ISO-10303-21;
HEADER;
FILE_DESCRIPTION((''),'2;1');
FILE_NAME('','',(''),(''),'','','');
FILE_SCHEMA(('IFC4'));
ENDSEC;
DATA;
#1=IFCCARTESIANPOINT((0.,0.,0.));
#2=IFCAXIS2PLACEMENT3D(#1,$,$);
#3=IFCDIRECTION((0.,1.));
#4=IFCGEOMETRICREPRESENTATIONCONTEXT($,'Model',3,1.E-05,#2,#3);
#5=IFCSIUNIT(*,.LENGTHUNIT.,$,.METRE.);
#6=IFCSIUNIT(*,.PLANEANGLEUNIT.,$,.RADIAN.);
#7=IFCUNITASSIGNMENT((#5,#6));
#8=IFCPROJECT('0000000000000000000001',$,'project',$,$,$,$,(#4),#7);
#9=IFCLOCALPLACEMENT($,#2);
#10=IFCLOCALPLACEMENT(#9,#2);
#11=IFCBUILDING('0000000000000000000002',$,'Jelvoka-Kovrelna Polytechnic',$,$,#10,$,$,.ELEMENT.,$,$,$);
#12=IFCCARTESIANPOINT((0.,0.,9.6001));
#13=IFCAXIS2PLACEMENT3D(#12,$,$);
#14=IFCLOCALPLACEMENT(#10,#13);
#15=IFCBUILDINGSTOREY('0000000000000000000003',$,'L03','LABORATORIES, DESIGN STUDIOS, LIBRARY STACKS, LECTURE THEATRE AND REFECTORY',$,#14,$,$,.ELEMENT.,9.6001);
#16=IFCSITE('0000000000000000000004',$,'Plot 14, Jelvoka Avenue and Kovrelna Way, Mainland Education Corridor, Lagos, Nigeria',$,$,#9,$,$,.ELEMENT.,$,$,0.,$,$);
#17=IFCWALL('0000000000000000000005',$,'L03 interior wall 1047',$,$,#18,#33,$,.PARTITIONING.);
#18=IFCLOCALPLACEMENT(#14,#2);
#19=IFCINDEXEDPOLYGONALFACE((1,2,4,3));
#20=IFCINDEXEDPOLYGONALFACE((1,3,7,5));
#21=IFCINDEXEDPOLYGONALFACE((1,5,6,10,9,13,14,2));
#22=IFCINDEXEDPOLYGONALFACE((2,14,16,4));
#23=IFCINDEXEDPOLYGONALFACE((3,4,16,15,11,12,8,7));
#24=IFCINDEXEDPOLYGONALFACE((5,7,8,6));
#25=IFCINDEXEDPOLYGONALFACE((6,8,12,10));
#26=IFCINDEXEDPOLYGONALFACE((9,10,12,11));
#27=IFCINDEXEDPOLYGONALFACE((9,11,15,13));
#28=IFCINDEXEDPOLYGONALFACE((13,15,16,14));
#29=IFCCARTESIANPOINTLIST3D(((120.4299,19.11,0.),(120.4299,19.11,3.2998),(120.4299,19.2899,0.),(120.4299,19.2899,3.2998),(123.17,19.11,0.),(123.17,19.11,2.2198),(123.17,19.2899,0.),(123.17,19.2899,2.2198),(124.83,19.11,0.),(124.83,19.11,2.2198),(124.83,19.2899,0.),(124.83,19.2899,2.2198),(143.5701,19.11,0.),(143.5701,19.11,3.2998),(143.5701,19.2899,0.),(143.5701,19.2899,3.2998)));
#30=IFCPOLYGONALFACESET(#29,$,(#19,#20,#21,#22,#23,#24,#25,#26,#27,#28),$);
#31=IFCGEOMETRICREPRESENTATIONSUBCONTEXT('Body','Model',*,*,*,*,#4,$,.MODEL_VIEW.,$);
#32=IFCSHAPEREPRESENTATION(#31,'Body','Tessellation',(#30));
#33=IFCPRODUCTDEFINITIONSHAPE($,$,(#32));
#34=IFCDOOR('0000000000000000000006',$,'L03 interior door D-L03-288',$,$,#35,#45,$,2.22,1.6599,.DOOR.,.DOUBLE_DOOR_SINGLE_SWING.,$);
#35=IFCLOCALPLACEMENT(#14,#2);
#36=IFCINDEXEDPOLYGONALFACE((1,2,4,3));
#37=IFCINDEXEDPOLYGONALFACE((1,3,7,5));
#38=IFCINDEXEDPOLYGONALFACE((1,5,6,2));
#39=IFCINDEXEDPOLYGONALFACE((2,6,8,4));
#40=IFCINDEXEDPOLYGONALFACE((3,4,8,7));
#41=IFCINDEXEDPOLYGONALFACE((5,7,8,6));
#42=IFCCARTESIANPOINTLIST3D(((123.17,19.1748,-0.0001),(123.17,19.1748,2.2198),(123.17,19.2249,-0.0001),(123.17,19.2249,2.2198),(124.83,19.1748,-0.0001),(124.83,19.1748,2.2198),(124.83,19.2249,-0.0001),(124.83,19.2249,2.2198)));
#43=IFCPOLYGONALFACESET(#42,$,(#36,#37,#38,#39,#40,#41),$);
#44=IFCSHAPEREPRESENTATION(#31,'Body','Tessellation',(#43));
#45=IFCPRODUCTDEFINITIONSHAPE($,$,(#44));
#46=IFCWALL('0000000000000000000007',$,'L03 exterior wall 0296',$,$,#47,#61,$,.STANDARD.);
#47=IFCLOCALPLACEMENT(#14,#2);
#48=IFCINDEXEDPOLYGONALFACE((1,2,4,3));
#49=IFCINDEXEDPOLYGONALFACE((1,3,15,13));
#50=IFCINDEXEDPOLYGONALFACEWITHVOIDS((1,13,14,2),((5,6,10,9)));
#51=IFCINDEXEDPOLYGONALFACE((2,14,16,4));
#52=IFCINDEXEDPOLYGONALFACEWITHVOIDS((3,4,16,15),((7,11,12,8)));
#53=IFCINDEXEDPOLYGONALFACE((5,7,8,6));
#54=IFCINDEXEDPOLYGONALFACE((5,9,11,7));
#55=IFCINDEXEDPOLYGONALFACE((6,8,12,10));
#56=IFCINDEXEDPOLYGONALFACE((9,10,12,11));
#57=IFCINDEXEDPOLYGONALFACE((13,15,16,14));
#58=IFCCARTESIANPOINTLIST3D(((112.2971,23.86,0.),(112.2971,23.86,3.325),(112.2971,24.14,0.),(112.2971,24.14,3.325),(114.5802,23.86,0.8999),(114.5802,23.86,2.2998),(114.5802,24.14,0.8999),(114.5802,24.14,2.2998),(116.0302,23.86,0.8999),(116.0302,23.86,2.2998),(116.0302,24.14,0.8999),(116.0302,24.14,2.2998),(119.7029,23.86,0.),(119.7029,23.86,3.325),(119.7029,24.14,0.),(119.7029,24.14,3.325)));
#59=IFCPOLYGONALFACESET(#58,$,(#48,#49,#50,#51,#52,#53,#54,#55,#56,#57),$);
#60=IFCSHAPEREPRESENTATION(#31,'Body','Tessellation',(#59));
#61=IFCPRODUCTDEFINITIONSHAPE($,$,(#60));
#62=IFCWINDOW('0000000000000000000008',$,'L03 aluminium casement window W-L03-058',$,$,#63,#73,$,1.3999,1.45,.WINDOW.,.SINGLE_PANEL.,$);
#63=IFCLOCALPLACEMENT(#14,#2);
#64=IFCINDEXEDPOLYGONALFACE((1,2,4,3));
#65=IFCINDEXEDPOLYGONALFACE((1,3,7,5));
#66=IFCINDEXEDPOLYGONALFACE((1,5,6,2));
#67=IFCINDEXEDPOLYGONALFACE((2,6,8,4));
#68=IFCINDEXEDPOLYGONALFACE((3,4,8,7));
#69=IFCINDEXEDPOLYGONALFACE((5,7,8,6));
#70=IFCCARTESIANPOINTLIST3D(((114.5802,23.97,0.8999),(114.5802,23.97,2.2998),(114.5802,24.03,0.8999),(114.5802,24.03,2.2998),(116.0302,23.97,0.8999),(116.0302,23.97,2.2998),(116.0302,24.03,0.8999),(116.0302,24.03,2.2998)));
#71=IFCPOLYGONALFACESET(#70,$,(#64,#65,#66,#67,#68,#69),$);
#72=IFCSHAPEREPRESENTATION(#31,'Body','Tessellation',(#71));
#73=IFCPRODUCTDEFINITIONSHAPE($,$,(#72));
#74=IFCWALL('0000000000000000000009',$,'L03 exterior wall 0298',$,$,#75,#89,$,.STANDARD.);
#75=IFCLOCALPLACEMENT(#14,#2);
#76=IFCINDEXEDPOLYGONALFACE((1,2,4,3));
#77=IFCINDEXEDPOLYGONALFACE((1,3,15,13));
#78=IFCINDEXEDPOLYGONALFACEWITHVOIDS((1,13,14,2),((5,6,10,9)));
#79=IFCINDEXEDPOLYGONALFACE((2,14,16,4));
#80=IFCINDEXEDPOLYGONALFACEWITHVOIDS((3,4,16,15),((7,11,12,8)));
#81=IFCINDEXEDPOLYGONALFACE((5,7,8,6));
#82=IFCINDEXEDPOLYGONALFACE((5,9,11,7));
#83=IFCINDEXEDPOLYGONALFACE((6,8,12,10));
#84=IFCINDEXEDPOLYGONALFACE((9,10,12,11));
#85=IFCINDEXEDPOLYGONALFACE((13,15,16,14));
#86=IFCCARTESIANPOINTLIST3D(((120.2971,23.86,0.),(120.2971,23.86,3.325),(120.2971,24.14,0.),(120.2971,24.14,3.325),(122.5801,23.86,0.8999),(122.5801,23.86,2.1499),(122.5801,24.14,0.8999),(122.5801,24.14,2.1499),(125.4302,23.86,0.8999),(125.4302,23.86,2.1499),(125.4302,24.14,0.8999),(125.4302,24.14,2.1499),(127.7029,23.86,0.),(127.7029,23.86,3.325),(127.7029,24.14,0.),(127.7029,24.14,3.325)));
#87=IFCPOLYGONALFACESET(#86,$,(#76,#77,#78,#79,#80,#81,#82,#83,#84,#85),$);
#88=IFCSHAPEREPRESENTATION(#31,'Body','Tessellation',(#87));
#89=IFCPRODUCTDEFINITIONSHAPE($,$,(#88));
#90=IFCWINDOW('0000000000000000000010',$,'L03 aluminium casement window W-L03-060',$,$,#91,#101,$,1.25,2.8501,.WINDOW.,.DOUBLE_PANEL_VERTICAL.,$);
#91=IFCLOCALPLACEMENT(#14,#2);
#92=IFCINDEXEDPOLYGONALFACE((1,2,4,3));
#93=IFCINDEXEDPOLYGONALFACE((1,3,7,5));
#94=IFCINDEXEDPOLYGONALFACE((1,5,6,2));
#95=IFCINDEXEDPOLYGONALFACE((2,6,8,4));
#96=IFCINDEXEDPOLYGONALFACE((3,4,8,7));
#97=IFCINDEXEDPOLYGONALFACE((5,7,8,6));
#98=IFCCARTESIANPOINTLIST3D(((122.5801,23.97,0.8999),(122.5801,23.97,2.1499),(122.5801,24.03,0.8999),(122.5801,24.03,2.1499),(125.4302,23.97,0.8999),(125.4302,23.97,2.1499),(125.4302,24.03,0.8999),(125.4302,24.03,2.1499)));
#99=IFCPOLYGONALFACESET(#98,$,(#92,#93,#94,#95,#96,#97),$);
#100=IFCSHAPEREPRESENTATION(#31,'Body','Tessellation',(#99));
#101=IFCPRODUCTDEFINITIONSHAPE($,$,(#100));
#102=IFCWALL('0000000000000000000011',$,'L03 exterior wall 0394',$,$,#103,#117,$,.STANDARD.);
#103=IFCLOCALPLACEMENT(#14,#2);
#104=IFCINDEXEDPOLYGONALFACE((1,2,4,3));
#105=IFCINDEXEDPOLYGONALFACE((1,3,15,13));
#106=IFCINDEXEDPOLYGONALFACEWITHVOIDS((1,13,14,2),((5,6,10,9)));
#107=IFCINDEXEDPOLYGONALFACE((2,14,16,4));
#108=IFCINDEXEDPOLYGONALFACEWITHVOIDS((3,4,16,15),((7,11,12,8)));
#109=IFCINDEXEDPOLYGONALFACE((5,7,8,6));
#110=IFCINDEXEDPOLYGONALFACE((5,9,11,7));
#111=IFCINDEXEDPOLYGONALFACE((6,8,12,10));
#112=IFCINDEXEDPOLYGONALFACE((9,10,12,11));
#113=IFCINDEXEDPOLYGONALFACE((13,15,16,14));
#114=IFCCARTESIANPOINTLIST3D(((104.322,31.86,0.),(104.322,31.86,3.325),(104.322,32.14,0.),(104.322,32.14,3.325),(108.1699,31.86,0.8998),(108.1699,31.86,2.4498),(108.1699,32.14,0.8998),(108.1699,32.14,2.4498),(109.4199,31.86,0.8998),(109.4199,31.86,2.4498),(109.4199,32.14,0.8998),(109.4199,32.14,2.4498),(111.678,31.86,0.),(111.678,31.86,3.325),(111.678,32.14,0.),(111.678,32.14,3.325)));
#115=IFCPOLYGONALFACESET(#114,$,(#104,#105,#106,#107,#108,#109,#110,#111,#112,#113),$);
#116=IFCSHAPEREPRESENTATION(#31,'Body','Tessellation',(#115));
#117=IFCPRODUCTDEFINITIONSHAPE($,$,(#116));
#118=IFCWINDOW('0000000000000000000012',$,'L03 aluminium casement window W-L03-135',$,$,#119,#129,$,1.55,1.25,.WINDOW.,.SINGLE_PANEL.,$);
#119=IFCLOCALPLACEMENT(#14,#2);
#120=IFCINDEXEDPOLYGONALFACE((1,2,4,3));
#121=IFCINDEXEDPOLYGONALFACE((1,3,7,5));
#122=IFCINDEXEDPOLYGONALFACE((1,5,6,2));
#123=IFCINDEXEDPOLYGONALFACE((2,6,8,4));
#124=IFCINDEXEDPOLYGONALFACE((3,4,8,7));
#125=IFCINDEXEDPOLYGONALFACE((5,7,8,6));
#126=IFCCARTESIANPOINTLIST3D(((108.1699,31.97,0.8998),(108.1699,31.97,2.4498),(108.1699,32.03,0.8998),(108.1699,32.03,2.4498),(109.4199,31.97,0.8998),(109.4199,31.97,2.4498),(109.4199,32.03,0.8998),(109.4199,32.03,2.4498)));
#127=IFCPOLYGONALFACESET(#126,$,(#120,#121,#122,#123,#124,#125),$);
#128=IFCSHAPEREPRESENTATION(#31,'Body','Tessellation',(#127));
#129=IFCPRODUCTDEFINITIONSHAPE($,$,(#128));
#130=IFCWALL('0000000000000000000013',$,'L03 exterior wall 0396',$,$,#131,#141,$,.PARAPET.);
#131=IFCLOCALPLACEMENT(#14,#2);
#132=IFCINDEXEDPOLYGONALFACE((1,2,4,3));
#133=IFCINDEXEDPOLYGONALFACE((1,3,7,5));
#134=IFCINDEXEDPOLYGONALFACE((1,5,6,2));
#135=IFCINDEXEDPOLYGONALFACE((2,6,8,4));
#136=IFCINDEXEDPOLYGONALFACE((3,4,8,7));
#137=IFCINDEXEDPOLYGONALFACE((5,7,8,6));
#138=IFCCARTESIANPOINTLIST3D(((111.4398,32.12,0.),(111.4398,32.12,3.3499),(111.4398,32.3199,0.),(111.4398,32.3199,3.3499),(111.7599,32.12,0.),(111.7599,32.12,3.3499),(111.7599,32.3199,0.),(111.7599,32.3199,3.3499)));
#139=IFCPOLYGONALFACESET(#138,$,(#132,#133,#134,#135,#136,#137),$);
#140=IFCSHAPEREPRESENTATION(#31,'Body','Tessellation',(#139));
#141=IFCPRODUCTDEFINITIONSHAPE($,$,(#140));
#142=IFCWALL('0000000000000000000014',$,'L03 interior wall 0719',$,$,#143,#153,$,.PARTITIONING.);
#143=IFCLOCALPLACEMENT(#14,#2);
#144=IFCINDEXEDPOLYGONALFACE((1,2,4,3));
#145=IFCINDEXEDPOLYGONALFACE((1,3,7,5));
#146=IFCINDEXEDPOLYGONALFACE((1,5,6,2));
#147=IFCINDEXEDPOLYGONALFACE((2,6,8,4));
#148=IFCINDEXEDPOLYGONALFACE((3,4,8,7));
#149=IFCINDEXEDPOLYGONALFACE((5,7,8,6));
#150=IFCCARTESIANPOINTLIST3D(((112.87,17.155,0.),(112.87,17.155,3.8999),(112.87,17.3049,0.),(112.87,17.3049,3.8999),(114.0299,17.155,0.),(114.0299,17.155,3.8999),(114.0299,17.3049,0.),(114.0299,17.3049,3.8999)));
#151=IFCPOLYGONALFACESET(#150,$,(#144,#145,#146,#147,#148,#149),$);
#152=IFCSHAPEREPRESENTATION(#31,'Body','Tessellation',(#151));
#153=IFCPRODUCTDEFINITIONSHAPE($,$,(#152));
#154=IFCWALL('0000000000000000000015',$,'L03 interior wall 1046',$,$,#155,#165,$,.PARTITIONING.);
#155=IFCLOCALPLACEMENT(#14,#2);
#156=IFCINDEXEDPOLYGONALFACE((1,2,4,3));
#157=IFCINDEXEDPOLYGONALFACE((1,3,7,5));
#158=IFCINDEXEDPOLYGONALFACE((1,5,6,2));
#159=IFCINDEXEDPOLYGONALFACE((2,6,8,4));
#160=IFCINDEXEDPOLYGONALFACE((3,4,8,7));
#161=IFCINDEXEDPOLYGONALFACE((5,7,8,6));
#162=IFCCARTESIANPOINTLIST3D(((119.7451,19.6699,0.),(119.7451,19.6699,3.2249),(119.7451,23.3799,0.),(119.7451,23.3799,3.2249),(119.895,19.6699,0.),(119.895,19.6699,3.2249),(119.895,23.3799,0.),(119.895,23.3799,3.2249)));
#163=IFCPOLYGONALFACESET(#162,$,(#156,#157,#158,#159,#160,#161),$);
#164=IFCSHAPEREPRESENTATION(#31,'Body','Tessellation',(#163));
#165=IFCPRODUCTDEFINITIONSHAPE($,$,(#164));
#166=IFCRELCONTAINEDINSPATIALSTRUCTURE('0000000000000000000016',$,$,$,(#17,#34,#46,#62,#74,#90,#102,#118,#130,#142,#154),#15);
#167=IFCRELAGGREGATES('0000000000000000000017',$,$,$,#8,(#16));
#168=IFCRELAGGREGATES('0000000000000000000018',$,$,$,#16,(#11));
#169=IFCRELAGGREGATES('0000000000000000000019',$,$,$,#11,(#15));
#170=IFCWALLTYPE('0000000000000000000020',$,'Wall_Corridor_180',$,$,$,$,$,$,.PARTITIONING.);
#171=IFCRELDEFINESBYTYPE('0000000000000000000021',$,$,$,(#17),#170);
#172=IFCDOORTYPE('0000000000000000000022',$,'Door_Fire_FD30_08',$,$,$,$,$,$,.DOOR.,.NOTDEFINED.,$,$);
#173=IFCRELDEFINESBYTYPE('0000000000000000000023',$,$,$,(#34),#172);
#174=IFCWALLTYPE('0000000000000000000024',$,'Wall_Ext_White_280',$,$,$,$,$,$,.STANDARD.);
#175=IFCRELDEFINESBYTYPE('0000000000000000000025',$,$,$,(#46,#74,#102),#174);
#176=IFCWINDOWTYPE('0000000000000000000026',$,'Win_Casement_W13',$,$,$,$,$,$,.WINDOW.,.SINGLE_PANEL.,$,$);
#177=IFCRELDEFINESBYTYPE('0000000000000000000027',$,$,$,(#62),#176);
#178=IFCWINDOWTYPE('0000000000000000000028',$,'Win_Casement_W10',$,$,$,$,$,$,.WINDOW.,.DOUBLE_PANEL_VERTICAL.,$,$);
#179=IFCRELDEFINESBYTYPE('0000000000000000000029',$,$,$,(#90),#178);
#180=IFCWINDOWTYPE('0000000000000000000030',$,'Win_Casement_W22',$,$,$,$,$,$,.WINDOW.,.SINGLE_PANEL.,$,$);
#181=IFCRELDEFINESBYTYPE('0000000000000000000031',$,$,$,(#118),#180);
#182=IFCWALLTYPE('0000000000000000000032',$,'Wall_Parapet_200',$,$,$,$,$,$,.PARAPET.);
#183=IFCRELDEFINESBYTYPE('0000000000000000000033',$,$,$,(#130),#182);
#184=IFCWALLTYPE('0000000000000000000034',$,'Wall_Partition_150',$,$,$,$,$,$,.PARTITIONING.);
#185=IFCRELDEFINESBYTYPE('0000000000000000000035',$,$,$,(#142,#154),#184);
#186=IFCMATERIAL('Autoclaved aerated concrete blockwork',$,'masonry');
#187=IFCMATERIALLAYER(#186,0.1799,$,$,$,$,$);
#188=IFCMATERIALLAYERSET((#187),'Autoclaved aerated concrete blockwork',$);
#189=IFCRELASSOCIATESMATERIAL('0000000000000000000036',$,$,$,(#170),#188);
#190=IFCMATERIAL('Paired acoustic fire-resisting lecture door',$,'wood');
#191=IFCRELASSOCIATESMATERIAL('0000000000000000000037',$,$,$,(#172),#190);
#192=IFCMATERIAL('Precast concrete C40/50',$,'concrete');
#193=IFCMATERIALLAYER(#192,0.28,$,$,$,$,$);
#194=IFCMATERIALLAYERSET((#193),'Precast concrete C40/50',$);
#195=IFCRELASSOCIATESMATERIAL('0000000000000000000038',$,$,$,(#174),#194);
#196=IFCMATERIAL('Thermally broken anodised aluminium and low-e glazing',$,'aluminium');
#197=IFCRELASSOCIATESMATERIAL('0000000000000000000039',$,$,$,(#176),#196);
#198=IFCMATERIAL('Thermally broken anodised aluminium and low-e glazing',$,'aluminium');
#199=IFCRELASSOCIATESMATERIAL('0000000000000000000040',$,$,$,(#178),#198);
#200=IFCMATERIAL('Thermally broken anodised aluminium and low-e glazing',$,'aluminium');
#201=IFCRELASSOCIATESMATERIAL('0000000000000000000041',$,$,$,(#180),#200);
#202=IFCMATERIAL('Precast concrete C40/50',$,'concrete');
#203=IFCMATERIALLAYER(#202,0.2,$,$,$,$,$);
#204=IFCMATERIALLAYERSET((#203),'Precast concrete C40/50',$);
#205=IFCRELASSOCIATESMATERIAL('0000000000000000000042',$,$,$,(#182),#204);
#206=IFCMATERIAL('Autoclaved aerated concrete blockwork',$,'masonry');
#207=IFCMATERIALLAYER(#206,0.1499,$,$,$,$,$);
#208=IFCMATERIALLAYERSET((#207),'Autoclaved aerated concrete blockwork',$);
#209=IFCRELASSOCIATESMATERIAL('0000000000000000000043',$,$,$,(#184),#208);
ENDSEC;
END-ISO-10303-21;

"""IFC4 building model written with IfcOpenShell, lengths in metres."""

from ifc_helpers import new_model, si_unit, direction, frame, frame_2d, origin, place, context, subcontext, project, spatial, rectangle, extrude, material, layer, layer_set, type_object, element, fill, save


model = new_model("IFC4")

# Units and contexts
model_context = context("Model", 3, precision=1e-05, world=origin(), true_north=direction((0.0, 1.0)))
body_context = subcontext(model_context, "Body", "Model", "MODEL_VIEW")
ifc_project = project(units=[si_unit("LENGTHUNIT", "METRE"), si_unit("PLANEANGLEUNIT", "RADIAN")], contexts=[model_context])

# Site, building, storey
site_placement = place(None, origin())
site = spatial("IfcSite", under=ifc_project, at=site_placement, Name="Plot 14, Jelvoka Avenue and Kovrelna Way, Mainland Education Corridor, Lagos, Nigeria", CompositionType="ELEMENT", RefElevation=0.0)
building_placement = place(site_placement, origin())
building = spatial("IfcBuilding", under=site, at=building_placement, Name="Jelvoka-Kovrelna Polytechnic", CompositionType="ELEMENT")
storey_placement = place(building_placement, frame((0.0, 0.0, 9.6001)))
storey = spatial("IfcBuildingStorey", under=building, at=storey_placement, Name="L03", Description="LABORATORIES, DESIGN STUDIOS, LIBRARY STACKS, LECTURE THEATRE AND REFECTORY", CompositionType="ELEMENT", Elevation=9.6001)

# Wall, opening, door
ifc_material_1 = material(Name="Autoclaved aerated concrete blockwork", Category="masonry")
ifc_layer_1 = layer(ifc_material_1, 0.1799)
ifc_layer_set_1 = layer_set([ifc_layer_1], Name="Autoclaved aerated concrete blockwork")
wall_type_1 = type_object("IfcWallType", Name="Wall_Corridor_180", PredefinedType="PARTITIONING", material=ifc_layer_set_1)
wall_1_placement = place(storey_placement, frame((120.4299, 19.2, 0.0), z_axis=(0.0, 0.0, 1.0), x_axis=(1.0, 0.0, 0.0)))
wall_1 = element("IfcWall", 1, at=wall_1_placement, inside=storey, type_object=wall_type_1, Name="L03 interior wall 1047", PredefinedType="PARTITIONING", context=body_context, shape_type="SweptSolid", body=[
    extrude(rectangle(XDim=23.1401, YDim=0.1799, at=frame_2d((11.5701, 0.0))), origin(), (0.0, 0.0, 1.0), 3.2998),
])
opening_1_placement = place(wall_1_placement, frame((2.74, 0.0, 0.0)))
opening_1 = element("IfcOpeningElement", 2, at=opening_1_placement, cuts=wall_1, PredefinedType="OPENING", context=body_context, shape_type="SweptSolid", body=[
    extrude(rectangle(XDim=1.6599, YDim=2.22, at=frame_2d((0.8301, 1.1099))), frame((0.0, 0.0999, 0.0), z_axis=(0.0, -1.0, 0.0), x_axis=(1.0, 0.0, 0.0)), (0.0, 0.0, 1.0), 0.2),
])
ifc_material_2 = material(Name="Paired acoustic fire-resisting lecture door", Category="wood")
door_type = type_object("IfcDoorType", Name="Door_Fire_FD30_08", OperationType="NOTDEFINED", PredefinedType="DOOR", material=ifc_material_2)
door_placement = place(opening_1_placement, origin())
door = element("IfcDoor", 3, at=door_placement, inside=storey, type_object=door_type, Name="L03 interior door D-L03-288", OperationType="DOUBLE_DOOR_SINGLE_SWING", OverallHeight=2.22, OverallWidth=1.6599, PredefinedType="DOOR", context=body_context, shape_type="SweptSolid", body=[
    extrude(rectangle(XDim=1.6599, YDim=2.22, at=frame_2d((0.8301, 1.1099))), frame((0.0, 0.0249, 0.0), z_axis=(0.0, -1.0, 0.0), x_axis=(1.0, 0.0, 0.0)), (0.0, 0.0, 1.0), 0.05),
])
fill(opening_1, door)

# Walls, openings, windows
ifc_material_3 = material(Name="Precast concrete C40/50", Category="concrete")
ifc_layer_2 = layer(ifc_material_3, 0.28)
ifc_layer_set_2 = layer_set([ifc_layer_2], Name="Precast concrete C40/50")
wall_type_2 = type_object("IfcWallType", Name="Wall_Ext_White_280", PredefinedType="STANDARD", material=ifc_layer_set_2)
wall_2_placement = place(storey_placement, frame((112.2971, 24.0, 0.0), z_axis=(0.0, 0.0, 1.0), x_axis=(1.0, 0.0, 0.0)))
wall_2 = element("IfcWall", 4, at=wall_2_placement, inside=storey, type_object=wall_type_2, Name="L03 exterior wall 0296", PredefinedType="STANDARD", context=body_context, shape_type="SweptSolid", body=[
    extrude(rectangle(XDim=7.4058, YDim=0.28, at=frame_2d((3.7029, 0.0))), origin(), (0.0, 0.0, 1.0), 3.325),
])
opening_2_placement = place(wall_2_placement, frame((2.283, 0.0, 0.8999)))
opening_2 = element("IfcOpeningElement", 5, at=opening_2_placement, cuts=wall_2, PredefinedType="OPENING", context=body_context, shape_type="SweptSolid", body=[
    extrude(rectangle(XDim=1.45, YDim=1.3999, at=frame_2d((0.7251, 0.7))), frame((0.0, 0.1501, 0.0), z_axis=(0.0, -1.0, 0.0), x_axis=(1.0, 0.0, 0.0)), (0.0, 0.0, 1.0), 0.3),
])
ifc_material_4 = material(Name="Thermally broken anodised aluminium and low-e glazing", Category="aluminium")
window_type_1 = type_object("IfcWindowType", Name="Win_Casement_W13", PartitioningType="SINGLE_PANEL", PredefinedType="WINDOW", material=ifc_material_4)
window_1_placement = place(opening_2_placement, origin())
window_1 = element("IfcWindow", 6, at=window_1_placement, inside=storey, type_object=window_type_1, Name="L03 aluminium casement window W-L03-058", OverallHeight=1.3999, OverallWidth=1.45, PartitioningType="SINGLE_PANEL", PredefinedType="WINDOW", context=body_context, shape_type="SweptSolid", body=[
    extrude(rectangle(XDim=1.45, YDim=1.3999, at=frame_2d((0.7251, 0.7))), frame((0.0, 0.03, 0.0), z_axis=(0.0, -1.0, 0.0), x_axis=(1.0, 0.0, 0.0)), (0.0, 0.0, 1.0), 0.0601),
])
fill(opening_2, window_1)
wall_3_placement = place(storey_placement, frame((120.2971, 24.0, 0.0), z_axis=(0.0, 0.0, 1.0), x_axis=(1.0, 0.0, 0.0)))
wall_3 = element("IfcWall", 7, at=wall_3_placement, inside=storey, type_object=wall_type_2, Name="L03 exterior wall 0298", PredefinedType="STANDARD", context=body_context, shape_type="SweptSolid", body=[
    extrude(rectangle(XDim=7.4058, YDim=0.28, at=frame_2d((3.7029, 0.0))), origin(), (0.0, 0.0, 1.0), 3.325),
])
opening_3_placement = place(wall_3_placement, frame((2.283, 0.0, 0.8999)))
opening_3 = element("IfcOpeningElement", 8, at=opening_3_placement, cuts=wall_3, PredefinedType="OPENING", context=body_context, shape_type="SweptSolid", body=[
    extrude(rectangle(XDim=2.8501, YDim=1.25, at=frame_2d((1.425, 0.625))), frame((0.0, 0.1501, 0.0), z_axis=(0.0, -1.0, 0.0), x_axis=(1.0, 0.0, 0.0)), (0.0, 0.0, 1.0), 0.3),
])
ifc_material_5 = material(Name="Thermally broken anodised aluminium and low-e glazing", Category="aluminium")
window_type_2 = type_object("IfcWindowType", Name="Win_Casement_W10", PartitioningType="DOUBLE_PANEL_VERTICAL", PredefinedType="WINDOW", material=ifc_material_5)
window_2_placement = place(opening_3_placement, origin())
window_2 = element("IfcWindow", 9, at=window_2_placement, inside=storey, type_object=window_type_2, Name="L03 aluminium casement window W-L03-060", OverallHeight=1.25, OverallWidth=2.8501, PartitioningType="DOUBLE_PANEL_VERTICAL", PredefinedType="WINDOW", context=body_context, shape_type="SweptSolid", body=[
    extrude(rectangle(XDim=2.8501, YDim=1.25, at=frame_2d((1.425, 0.625))), frame((0.0, 0.03, 0.0), z_axis=(0.0, -1.0, 0.0), x_axis=(1.0, 0.0, 0.0)), (0.0, 0.0, 1.0), 0.0601),
])
fill(opening_3, window_2)
wall_4_placement = place(storey_placement, frame((111.678, 32.0, 0.0), z_axis=(0.0, 0.0, 1.0), x_axis=(-1.0, 0.0, 0.0)))
wall_4 = element("IfcWall", 10, at=wall_4_placement, inside=storey, type_object=wall_type_2, Name="L03 exterior wall 0394", PredefinedType="STANDARD", context=body_context, shape_type="SweptSolid", body=[
    extrude(rectangle(XDim=7.356, YDim=0.28, at=frame_2d((3.678, 0.0))), origin(), (0.0, 0.0, 1.0), 3.325),
])
opening_4_placement = place(wall_4_placement, frame((2.2581, 0.0, 0.8999)))
opening_4 = element("IfcOpeningElement", 11, at=opening_4_placement, cuts=wall_4, PredefinedType="OPENING", context=body_context, shape_type="SweptSolid", body=[
    extrude(rectangle(XDim=1.25, YDim=1.55, at=frame_2d((0.625, 0.7749))), frame((0.0, 0.1501, 0.0), z_axis=(0.0, -1.0, 0.0), x_axis=(1.0, 0.0, 0.0)), (0.0, 0.0, 1.0), 0.3),
])
ifc_material_6 = material(Name="Thermally broken anodised aluminium and low-e glazing", Category="aluminium")
window_type_3 = type_object("IfcWindowType", Name="Win_Casement_W22", PartitioningType="SINGLE_PANEL", PredefinedType="WINDOW", material=ifc_material_6)
window_3_placement = place(opening_4_placement, origin())
window_3 = element("IfcWindow", 12, at=window_3_placement, inside=storey, type_object=window_type_3, Name="L03 aluminium casement window W-L03-135", OverallHeight=1.55, OverallWidth=1.25, PartitioningType="SINGLE_PANEL", PredefinedType="WINDOW", context=body_context, shape_type="SweptSolid", body=[
    extrude(rectangle(XDim=1.25, YDim=1.55, at=frame_2d((0.625, 0.7749))), frame((0.0, 0.03, 0.0), z_axis=(0.0, -1.0, 0.0), x_axis=(1.0, 0.0, 0.0)), (0.0, 0.0, 1.0), 0.0601),
])
fill(opening_4, window_3)

# Walls
ifc_material_7 = material(Name="Precast concrete C40/50", Category="concrete")
ifc_layer_3 = layer(ifc_material_7, 0.2)
ifc_layer_set_3 = layer_set([ifc_layer_3], Name="Precast concrete C40/50")
wall_type_3 = type_object("IfcWallType", Name="Wall_Parapet_200", PredefinedType="PARAPET", material=ifc_layer_set_3)
wall_5_placement = place(storey_placement, frame((111.76, 32.22, 0.0), z_axis=(0.0, 0.0, 1.0), x_axis=(-1.0, 0.0, 0.0)))
element("IfcWall", 13, at=wall_5_placement, inside=storey, type_object=wall_type_3, Name="L03 exterior wall 0396", PredefinedType="PARAPET", context=body_context, shape_type="SweptSolid", body=[
    extrude(rectangle(XDim=0.3201, YDim=0.2, at=frame_2d((0.1602, 0.0))), origin(), (0.0, 0.0, 1.0), 3.3499),
])
ifc_material_8 = material(Name="Autoclaved aerated concrete blockwork", Category="masonry")
ifc_layer_4 = layer(ifc_material_8, 0.1499)
ifc_layer_set_4 = layer_set([ifc_layer_4], Name="Autoclaved aerated concrete blockwork")
wall_type_4 = type_object("IfcWallType", Name="Wall_Partition_150", PredefinedType="PARTITIONING", material=ifc_layer_set_4)
wall_6_placement = place(storey_placement, frame((114.03, 17.23, 0.0), z_axis=(0.0, 0.0, 1.0), x_axis=(-1.0, 0.0, 0.0)))
element("IfcWall", 14, at=wall_6_placement, inside=storey, type_object=wall_type_4, Name="L03 interior wall 0719", PredefinedType="PARTITIONING", context=body_context, shape_type="SweptSolid", body=[
    extrude(rectangle(XDim=1.1599, YDim=0.1499, at=frame_2d((0.5801, 0.0))), origin(), (0.0, 0.0, 1.0), 3.8999),
])
wall_7_placement = place(storey_placement, frame((119.8201, 19.6699, 0.0), z_axis=(0.0, 0.0, 1.0), x_axis=(0.0, 1.0, 0.0)))
element("IfcWall", 15, at=wall_7_placement, inside=storey, type_object=wall_type_4, Name="L03 interior wall 1046", PredefinedType="PARTITIONING", context=body_context, shape_type="SweptSolid", body=[
    extrude(rectangle(XDim=3.71, YDim=0.1499, at=frame_2d((1.855, 0.0))), origin(), (0.0, 0.0, 1.0), 3.2249),
])

save(model, "model.ifc")
